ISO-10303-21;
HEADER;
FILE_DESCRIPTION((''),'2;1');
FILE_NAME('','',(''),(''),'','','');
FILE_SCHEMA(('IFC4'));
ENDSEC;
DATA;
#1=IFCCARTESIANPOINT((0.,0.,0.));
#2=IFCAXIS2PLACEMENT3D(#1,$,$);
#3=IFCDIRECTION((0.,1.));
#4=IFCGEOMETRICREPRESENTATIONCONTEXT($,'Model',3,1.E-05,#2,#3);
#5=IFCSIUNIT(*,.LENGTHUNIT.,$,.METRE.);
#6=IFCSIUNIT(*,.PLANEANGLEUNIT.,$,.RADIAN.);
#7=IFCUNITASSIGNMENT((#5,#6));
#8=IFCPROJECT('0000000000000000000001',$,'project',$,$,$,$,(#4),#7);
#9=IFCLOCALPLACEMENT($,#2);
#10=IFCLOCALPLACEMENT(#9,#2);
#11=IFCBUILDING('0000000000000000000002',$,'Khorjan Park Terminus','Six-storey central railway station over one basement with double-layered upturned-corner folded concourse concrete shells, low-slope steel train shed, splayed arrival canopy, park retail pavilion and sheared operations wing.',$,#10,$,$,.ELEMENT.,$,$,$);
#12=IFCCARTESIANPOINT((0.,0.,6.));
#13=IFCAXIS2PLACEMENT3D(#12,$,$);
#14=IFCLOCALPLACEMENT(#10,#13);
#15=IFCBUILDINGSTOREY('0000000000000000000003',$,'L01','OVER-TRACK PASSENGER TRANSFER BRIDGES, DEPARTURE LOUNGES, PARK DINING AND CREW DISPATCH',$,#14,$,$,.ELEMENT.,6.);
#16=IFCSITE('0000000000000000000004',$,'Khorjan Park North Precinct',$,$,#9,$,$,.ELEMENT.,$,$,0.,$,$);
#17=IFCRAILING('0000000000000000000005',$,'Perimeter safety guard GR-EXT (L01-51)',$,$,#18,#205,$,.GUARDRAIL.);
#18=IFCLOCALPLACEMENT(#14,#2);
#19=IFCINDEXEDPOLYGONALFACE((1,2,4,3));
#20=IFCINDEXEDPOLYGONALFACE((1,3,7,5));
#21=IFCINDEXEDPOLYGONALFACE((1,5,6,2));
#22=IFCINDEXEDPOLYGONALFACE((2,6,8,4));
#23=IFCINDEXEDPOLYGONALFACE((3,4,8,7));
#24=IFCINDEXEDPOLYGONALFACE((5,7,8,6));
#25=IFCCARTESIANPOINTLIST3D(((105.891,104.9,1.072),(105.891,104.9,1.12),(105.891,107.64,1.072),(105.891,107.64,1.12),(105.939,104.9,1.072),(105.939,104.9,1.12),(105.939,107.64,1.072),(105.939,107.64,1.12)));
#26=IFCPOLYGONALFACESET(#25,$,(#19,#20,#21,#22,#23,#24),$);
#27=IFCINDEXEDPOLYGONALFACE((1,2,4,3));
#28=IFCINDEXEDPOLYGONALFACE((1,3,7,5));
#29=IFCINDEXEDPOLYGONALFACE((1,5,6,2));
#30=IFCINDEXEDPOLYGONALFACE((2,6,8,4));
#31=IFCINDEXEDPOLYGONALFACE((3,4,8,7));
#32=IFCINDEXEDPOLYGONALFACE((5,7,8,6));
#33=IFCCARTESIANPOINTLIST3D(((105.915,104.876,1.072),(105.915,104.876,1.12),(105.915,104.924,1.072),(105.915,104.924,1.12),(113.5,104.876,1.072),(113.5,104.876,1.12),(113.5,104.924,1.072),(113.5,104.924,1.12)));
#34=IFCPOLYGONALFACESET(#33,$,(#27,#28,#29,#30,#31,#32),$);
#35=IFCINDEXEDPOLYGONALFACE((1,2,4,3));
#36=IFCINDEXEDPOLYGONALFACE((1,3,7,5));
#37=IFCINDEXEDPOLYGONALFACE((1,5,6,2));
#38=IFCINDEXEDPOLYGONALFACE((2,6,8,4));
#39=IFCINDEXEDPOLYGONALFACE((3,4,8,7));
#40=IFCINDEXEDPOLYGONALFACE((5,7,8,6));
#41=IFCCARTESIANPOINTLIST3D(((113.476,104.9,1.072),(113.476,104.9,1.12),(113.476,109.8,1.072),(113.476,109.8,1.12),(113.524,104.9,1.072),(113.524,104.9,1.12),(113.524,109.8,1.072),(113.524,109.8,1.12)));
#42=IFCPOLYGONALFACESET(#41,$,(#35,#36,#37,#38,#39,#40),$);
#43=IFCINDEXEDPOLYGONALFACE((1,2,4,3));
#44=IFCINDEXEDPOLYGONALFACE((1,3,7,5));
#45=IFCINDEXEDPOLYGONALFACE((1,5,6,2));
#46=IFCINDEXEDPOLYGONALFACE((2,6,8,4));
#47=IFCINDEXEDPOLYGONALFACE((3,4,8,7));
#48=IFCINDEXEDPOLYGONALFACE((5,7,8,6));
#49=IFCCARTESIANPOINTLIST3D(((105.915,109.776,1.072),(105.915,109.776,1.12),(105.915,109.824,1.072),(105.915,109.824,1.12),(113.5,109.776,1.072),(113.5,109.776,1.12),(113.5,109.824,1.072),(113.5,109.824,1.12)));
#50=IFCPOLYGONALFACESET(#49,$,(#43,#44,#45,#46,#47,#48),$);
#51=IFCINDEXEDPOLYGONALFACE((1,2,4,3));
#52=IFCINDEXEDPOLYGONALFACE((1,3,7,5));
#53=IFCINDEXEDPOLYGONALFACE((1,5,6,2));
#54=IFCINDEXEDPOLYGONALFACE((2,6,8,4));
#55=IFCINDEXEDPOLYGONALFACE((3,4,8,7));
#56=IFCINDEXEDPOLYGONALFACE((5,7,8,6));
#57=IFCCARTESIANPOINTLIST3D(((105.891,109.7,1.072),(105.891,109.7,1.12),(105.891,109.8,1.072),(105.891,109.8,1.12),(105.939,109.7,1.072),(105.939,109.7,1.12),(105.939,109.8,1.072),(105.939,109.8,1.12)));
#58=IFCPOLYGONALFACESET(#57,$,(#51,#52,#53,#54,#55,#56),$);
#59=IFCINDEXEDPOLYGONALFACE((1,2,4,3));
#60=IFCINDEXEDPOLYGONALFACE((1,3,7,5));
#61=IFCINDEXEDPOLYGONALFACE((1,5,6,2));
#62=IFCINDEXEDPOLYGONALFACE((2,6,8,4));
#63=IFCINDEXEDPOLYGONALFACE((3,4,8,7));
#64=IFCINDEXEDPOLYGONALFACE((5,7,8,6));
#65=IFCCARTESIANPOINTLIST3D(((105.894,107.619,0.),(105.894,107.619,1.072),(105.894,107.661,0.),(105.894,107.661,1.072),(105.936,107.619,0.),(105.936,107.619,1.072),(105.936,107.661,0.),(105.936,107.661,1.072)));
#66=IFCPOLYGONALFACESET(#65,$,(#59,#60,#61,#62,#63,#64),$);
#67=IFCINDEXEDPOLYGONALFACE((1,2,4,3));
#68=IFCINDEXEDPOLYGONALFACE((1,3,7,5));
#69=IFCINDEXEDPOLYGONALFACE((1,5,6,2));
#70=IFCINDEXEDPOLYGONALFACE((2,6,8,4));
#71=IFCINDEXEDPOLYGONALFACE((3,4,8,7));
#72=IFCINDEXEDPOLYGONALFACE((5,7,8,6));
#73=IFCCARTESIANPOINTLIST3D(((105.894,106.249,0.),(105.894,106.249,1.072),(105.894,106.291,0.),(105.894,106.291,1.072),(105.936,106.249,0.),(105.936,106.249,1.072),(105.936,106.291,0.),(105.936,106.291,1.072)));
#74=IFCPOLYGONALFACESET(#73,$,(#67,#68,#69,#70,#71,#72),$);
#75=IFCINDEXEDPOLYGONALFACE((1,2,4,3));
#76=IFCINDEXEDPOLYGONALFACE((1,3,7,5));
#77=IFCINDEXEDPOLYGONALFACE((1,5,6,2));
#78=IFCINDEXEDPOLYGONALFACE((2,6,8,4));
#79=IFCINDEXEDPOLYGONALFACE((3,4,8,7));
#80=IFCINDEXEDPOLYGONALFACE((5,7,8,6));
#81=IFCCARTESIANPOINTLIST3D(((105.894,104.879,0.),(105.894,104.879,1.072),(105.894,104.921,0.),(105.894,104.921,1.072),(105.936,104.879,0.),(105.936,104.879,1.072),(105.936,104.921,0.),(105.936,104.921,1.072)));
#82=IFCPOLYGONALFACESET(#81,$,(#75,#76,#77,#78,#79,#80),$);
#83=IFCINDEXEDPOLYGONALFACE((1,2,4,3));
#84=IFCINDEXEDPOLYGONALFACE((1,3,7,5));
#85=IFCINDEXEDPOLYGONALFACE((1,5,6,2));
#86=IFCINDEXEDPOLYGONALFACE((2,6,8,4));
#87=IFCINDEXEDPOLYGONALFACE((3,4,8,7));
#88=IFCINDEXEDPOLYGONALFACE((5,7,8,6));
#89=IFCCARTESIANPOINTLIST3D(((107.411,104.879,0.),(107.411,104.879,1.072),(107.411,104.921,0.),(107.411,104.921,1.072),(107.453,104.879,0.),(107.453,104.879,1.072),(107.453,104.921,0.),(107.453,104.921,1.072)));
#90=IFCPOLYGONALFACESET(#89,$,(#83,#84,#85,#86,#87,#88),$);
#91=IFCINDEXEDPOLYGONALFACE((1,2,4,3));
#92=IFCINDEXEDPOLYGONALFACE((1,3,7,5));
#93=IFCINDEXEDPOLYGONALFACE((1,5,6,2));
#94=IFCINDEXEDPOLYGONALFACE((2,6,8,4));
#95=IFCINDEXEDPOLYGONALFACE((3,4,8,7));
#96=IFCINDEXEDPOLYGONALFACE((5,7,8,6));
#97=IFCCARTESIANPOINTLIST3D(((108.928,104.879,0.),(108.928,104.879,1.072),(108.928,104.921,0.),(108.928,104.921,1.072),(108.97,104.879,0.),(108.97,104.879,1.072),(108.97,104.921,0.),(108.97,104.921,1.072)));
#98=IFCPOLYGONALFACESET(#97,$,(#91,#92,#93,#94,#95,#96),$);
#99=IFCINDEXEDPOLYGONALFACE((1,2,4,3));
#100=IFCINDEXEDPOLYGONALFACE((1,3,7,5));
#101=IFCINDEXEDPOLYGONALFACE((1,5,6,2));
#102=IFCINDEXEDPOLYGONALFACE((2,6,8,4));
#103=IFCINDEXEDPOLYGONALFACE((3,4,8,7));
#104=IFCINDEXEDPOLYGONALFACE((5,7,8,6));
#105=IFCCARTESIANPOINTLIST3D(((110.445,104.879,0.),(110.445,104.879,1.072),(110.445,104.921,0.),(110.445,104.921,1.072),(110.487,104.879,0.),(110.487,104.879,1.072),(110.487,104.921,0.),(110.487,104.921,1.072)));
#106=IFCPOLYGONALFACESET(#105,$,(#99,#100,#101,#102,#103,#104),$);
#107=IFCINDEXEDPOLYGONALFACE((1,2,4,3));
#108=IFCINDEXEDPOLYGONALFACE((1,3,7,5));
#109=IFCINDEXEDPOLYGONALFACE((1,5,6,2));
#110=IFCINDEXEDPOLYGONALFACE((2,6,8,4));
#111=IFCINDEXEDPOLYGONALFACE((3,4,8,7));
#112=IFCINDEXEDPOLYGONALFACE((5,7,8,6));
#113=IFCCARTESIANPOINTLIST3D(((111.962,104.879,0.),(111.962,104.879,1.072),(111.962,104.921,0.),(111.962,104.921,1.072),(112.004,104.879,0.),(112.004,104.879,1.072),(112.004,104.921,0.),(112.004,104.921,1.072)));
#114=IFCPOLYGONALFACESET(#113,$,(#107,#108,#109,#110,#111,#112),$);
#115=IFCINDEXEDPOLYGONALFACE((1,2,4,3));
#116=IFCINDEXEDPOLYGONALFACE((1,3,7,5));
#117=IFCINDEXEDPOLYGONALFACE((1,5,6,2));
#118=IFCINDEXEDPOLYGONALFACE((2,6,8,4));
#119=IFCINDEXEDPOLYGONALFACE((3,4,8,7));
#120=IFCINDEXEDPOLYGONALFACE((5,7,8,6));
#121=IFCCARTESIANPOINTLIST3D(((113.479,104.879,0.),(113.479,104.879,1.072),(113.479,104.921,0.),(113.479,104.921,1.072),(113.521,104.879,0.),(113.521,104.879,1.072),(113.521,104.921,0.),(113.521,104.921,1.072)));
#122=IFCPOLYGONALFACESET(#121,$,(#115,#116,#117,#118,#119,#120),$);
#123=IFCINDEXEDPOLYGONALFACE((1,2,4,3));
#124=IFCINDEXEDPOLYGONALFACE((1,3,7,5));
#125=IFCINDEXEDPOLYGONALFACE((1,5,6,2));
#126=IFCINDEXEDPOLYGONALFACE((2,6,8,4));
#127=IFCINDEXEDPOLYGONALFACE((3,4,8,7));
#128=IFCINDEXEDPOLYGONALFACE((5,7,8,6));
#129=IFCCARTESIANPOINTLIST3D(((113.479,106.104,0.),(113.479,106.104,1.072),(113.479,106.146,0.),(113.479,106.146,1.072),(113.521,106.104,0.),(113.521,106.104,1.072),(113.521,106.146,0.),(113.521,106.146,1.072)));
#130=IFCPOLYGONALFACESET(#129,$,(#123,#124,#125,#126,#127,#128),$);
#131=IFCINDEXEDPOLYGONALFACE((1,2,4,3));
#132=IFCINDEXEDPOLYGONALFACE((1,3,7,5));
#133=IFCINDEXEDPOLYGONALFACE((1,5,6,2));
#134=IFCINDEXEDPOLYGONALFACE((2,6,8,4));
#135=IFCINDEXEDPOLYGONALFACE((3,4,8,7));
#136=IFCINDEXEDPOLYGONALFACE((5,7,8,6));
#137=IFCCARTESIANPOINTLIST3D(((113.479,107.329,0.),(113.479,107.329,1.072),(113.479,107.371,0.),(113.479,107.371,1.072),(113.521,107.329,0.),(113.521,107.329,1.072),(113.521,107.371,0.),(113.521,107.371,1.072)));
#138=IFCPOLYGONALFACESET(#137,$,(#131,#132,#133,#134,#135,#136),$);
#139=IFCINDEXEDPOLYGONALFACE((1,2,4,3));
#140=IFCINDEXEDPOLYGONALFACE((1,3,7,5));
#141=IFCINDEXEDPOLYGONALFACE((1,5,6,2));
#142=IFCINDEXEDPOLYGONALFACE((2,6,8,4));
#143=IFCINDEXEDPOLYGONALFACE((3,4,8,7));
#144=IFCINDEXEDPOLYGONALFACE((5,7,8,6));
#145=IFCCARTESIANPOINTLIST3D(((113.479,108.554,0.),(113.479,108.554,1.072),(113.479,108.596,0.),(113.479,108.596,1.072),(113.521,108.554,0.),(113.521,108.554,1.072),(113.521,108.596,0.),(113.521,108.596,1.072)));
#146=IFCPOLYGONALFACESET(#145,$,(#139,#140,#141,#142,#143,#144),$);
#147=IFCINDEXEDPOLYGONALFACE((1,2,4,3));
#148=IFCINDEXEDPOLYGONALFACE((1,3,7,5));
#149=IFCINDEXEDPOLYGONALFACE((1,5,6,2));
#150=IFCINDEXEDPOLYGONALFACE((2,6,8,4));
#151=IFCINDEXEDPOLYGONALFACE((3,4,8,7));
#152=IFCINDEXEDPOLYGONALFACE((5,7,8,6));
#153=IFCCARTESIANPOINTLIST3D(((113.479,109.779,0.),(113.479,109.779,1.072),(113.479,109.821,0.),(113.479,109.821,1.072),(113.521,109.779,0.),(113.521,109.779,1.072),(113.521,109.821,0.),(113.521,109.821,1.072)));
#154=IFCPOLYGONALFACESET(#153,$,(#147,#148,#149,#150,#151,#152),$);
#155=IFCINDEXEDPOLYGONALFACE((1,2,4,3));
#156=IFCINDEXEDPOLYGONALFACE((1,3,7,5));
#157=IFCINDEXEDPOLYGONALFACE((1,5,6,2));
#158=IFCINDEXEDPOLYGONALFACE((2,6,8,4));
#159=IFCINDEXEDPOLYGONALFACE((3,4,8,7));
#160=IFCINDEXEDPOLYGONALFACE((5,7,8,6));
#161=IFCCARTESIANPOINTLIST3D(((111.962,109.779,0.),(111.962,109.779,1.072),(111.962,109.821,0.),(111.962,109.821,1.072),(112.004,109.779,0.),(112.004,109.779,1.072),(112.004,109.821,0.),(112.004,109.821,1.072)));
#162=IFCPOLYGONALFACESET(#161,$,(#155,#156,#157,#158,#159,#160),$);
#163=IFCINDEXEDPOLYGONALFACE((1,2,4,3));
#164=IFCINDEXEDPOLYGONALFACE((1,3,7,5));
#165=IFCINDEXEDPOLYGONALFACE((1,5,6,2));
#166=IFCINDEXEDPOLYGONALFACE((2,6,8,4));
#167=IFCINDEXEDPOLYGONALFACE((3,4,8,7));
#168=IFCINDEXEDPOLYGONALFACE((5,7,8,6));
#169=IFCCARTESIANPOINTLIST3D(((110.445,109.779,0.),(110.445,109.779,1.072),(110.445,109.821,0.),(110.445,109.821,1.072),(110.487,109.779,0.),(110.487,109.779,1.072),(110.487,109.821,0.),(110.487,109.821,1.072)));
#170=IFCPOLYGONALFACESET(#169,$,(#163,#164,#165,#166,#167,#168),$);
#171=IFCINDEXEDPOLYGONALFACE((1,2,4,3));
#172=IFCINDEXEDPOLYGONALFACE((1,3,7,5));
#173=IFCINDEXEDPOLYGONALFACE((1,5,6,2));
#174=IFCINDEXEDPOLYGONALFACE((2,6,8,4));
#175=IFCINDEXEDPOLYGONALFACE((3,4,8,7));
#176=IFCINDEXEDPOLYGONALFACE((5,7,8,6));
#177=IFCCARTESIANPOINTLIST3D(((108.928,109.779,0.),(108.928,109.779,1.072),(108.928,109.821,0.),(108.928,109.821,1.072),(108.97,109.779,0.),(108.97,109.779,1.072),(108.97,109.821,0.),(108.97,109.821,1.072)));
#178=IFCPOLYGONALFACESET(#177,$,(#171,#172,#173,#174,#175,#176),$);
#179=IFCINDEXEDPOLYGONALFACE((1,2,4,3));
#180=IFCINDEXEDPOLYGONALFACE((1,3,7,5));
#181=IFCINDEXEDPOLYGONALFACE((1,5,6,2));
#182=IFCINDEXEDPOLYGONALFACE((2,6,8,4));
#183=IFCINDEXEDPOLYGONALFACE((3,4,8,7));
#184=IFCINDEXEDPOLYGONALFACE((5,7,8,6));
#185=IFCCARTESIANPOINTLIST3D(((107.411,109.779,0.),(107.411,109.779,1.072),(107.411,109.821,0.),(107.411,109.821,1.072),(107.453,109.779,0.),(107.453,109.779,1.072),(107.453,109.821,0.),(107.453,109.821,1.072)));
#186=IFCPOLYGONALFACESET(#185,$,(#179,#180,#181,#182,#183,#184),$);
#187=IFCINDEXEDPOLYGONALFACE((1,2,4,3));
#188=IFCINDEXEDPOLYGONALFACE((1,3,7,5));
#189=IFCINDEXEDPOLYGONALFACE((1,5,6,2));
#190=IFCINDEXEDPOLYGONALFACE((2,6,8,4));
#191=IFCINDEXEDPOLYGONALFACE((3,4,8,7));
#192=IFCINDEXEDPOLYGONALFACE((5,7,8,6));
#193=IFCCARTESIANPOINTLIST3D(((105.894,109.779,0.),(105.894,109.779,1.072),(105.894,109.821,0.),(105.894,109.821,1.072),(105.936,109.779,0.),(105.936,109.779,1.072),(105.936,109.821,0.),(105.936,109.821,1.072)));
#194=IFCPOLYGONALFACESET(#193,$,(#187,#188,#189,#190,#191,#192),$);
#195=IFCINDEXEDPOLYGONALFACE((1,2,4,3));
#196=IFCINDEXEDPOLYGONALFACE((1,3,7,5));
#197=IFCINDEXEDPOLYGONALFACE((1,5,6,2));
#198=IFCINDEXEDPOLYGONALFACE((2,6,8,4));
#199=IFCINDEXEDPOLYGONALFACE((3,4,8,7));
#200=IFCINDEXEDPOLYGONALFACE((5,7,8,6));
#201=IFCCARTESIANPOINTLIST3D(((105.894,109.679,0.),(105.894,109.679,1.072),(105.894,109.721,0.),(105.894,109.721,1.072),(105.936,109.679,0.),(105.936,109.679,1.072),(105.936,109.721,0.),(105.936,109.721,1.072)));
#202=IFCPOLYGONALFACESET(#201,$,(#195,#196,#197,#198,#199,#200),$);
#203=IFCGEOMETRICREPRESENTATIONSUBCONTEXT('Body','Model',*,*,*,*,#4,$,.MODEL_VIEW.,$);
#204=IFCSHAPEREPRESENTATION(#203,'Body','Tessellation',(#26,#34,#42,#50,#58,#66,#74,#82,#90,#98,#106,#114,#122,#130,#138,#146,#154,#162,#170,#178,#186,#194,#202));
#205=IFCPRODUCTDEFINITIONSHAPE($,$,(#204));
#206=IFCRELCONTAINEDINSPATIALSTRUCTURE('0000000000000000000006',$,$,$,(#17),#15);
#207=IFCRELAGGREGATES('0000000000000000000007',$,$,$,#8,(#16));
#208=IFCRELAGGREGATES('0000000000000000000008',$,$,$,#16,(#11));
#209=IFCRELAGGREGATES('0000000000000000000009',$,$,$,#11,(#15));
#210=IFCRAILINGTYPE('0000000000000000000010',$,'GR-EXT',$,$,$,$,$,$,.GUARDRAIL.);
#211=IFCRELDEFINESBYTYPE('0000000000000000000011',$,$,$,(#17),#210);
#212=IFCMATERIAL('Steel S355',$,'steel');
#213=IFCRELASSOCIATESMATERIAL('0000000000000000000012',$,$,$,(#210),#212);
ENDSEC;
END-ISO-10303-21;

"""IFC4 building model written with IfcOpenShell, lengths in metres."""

from ifc_helpers import new_model, si_unit, direction, frame, origin, origin_2d, place, context, subcontext, project, spatial, rectangle, extrude, material, type_object, element, save


model = new_model("IFC4")

# Units and contexts
model_context = context("Model", 3, precision=1e-05, world=origin(), true_north=direction((0.0, 1.0)))
body_context = subcontext(model_context, "Body", "Model", "MODEL_VIEW")
ifc_project = project(units=[si_unit("LENGTHUNIT", "METRE"), si_unit("PLANEANGLEUNIT", "RADIAN")], contexts=[model_context])

# Site, building, storey
site_placement = place(None, origin())
site = spatial("IfcSite", under=ifc_project, at=site_placement, Name="Khorjan Park North Precinct", CompositionType="ELEMENT", RefElevation=0.0)
building_placement = place(site_placement, origin())
building = spatial("IfcBuilding", under=site, at=building_placement, Name="Khorjan Park Terminus", Description="Six-storey central railway station over one basement with double-layered upturned-corner folded concourse concrete shells, low-slope steel train shed, splayed arrival canopy, park retail pavilion and sheared operations wing.", CompositionType="ELEMENT")
storey_placement = place(building_placement, frame((0.0, 0.0, 6.0)))
storey = spatial("IfcBuildingStorey", under=building, at=storey_placement, Name="L01", Description="OVER-TRACK PASSENGER TRANSFER BRIDGES, DEPARTURE LOUNGES, PARK DINING AND CREW DISPATCH", CompositionType="ELEMENT", Elevation=6.0)

# Shared definitions
ifc_material_1 = material(Name="Steel S355", Category="steel")

# Railing
railing_type_1 = type_object("IfcRailingType", Name="GR-EXT", PredefinedType="GUARDRAIL", material=ifc_material_1)
railing_1_placement = place(storey_placement, frame((105.915, 107.64, 0.0)))
element("IfcRailing", 1, at=railing_1_placement, inside=storey, type_object=railing_type_1, Name="Perimeter safety guard GR-EXT (L01-51)", PredefinedType="GUARDRAIL", context=body_context, shape_type="SweptSolid", body=[
    extrude(rectangle(XDim=0.048, YDim=0.048, at=origin_2d()), frame((0.0, 0.0, 1.096), z_axis=(0.0, -1.0, 0.0), x_axis=(1.0, 0.0, 0.0)), (0.0, 0.0, 1.0), 2.74),
    extrude(rectangle(XDim=0.048, YDim=0.048, at=origin_2d()), frame((0.0, -2.74, 1.096), z_axis=(1.0, 0.0, 0.0), x_axis=(0.0, 1.0, 0.0)), (0.0, 0.0, 1.0), 7.585),
    extrude(rectangle(XDim=0.048, YDim=0.048, at=origin_2d()), frame((7.585, -2.74, 1.096), z_axis=(0.0, 1.0, 0.0), x_axis=(-1.0, 0.0, 0.0)), (0.0, 0.0, 1.0), 4.9),
    extrude(rectangle(XDim=0.048, YDim=0.048, at=origin_2d()), frame((7.585, 2.16, 1.096), z_axis=(-1.0, 0.0, 0.0), x_axis=(0.0, -1.0, 0.0)), (0.0, 0.0, 1.0), 7.585),
    extrude(rectangle(XDim=0.048, YDim=0.048, at=origin_2d()), frame((0.0, 2.16, 1.096), z_axis=(0.0, -1.0, 0.0), x_axis=(1.0, 0.0, 0.0)), (0.0, 0.0, 1.0), 0.1),
    extrude(rectangle(XDim=0.042, YDim=0.042, at=origin_2d()), origin(), (0.0, 0.0, 1.0), 1.072),
    extrude(rectangle(XDim=0.042, YDim=0.042, at=origin_2d()), frame((0.0, -1.37, 0.0)), (0.0, 0.0, 1.0), 1.072),
    extrude(rectangle(XDim=0.042, YDim=0.042, at=origin_2d()), frame((0.0, -2.74, 0.0)), (0.0, 0.0, 1.0), 1.072),
    extrude(rectangle(XDim=0.042, YDim=0.042, at=origin_2d()), frame((1.517, -2.74, 0.0)), (0.0, 0.0, 1.0), 1.072),
    extrude(rectangle(XDim=0.042, YDim=0.042, at=origin_2d()), frame((3.034, -2.74, 0.0)), (0.0, 0.0, 1.0), 1.072),
    extrude(rectangle(XDim=0.042, YDim=0.042, at=origin_2d()), frame((4.551, -2.74, 0.0)), (0.0, 0.0, 1.0), 1.072),
    extrude(rectangle(XDim=0.042, YDim=0.042, at=origin_2d()), frame((6.068, -2.74, 0.0)), (0.0, 0.0, 1.0), 1.072),
    extrude(rectangle(XDim=0.042, YDim=0.042, at=origin_2d()), frame((7.585, -2.74, 0.0)), (0.0, 0.0, 1.0), 1.072),
    extrude(rectangle(XDim=0.042, YDim=0.042, at=origin_2d()), frame((7.585, -1.515, 0.0)), (0.0, 0.0, 1.0), 1.072),
    extrude(rectangle(XDim=0.042, YDim=0.042, at=origin_2d()), frame((7.585, -0.29, 0.0)), (0.0, 0.0, 1.0), 1.072),
    extrude(rectangle(XDim=0.042, YDim=0.042, at=origin_2d()), frame((7.585, 0.935, 0.0)), (0.0, 0.0, 1.0), 1.072),
    extrude(rectangle(XDim=0.042, YDim=0.042, at=origin_2d()), frame((7.585, 2.16, 0.0)), (0.0, 0.0, 1.0), 1.072),
    extrude(rectangle(XDim=0.042, YDim=0.042, at=origin_2d()), frame((6.068, 2.16, 0.0)), (0.0, 0.0, 1.0), 1.072),
    extrude(rectangle(XDim=0.042, YDim=0.042, at=origin_2d()), frame((4.551, 2.16, 0.0)), (0.0, 0.0, 1.0), 1.072),
    extrude(rectangle(XDim=0.042, YDim=0.042, at=origin_2d()), frame((3.034, 2.16, 0.0)), (0.0, 0.0, 1.0), 1.072),
    extrude(rectangle(XDim=0.042, YDim=0.042, at=origin_2d()), frame((1.517, 2.16, 0.0)), (0.0, 0.0, 1.0), 1.072),
    extrude(rectangle(XDim=0.042, YDim=0.042, at=origin_2d()), frame((0.0, 2.16, 0.0)), (0.0, 0.0, 1.0), 1.072),
    extrude(rectangle(XDim=0.042, YDim=0.042, at=origin_2d()), frame((0.0, 2.06, 0.0)), (0.0, 0.0, 1.0), 1.072),
])

save(model, "model.ifc")
